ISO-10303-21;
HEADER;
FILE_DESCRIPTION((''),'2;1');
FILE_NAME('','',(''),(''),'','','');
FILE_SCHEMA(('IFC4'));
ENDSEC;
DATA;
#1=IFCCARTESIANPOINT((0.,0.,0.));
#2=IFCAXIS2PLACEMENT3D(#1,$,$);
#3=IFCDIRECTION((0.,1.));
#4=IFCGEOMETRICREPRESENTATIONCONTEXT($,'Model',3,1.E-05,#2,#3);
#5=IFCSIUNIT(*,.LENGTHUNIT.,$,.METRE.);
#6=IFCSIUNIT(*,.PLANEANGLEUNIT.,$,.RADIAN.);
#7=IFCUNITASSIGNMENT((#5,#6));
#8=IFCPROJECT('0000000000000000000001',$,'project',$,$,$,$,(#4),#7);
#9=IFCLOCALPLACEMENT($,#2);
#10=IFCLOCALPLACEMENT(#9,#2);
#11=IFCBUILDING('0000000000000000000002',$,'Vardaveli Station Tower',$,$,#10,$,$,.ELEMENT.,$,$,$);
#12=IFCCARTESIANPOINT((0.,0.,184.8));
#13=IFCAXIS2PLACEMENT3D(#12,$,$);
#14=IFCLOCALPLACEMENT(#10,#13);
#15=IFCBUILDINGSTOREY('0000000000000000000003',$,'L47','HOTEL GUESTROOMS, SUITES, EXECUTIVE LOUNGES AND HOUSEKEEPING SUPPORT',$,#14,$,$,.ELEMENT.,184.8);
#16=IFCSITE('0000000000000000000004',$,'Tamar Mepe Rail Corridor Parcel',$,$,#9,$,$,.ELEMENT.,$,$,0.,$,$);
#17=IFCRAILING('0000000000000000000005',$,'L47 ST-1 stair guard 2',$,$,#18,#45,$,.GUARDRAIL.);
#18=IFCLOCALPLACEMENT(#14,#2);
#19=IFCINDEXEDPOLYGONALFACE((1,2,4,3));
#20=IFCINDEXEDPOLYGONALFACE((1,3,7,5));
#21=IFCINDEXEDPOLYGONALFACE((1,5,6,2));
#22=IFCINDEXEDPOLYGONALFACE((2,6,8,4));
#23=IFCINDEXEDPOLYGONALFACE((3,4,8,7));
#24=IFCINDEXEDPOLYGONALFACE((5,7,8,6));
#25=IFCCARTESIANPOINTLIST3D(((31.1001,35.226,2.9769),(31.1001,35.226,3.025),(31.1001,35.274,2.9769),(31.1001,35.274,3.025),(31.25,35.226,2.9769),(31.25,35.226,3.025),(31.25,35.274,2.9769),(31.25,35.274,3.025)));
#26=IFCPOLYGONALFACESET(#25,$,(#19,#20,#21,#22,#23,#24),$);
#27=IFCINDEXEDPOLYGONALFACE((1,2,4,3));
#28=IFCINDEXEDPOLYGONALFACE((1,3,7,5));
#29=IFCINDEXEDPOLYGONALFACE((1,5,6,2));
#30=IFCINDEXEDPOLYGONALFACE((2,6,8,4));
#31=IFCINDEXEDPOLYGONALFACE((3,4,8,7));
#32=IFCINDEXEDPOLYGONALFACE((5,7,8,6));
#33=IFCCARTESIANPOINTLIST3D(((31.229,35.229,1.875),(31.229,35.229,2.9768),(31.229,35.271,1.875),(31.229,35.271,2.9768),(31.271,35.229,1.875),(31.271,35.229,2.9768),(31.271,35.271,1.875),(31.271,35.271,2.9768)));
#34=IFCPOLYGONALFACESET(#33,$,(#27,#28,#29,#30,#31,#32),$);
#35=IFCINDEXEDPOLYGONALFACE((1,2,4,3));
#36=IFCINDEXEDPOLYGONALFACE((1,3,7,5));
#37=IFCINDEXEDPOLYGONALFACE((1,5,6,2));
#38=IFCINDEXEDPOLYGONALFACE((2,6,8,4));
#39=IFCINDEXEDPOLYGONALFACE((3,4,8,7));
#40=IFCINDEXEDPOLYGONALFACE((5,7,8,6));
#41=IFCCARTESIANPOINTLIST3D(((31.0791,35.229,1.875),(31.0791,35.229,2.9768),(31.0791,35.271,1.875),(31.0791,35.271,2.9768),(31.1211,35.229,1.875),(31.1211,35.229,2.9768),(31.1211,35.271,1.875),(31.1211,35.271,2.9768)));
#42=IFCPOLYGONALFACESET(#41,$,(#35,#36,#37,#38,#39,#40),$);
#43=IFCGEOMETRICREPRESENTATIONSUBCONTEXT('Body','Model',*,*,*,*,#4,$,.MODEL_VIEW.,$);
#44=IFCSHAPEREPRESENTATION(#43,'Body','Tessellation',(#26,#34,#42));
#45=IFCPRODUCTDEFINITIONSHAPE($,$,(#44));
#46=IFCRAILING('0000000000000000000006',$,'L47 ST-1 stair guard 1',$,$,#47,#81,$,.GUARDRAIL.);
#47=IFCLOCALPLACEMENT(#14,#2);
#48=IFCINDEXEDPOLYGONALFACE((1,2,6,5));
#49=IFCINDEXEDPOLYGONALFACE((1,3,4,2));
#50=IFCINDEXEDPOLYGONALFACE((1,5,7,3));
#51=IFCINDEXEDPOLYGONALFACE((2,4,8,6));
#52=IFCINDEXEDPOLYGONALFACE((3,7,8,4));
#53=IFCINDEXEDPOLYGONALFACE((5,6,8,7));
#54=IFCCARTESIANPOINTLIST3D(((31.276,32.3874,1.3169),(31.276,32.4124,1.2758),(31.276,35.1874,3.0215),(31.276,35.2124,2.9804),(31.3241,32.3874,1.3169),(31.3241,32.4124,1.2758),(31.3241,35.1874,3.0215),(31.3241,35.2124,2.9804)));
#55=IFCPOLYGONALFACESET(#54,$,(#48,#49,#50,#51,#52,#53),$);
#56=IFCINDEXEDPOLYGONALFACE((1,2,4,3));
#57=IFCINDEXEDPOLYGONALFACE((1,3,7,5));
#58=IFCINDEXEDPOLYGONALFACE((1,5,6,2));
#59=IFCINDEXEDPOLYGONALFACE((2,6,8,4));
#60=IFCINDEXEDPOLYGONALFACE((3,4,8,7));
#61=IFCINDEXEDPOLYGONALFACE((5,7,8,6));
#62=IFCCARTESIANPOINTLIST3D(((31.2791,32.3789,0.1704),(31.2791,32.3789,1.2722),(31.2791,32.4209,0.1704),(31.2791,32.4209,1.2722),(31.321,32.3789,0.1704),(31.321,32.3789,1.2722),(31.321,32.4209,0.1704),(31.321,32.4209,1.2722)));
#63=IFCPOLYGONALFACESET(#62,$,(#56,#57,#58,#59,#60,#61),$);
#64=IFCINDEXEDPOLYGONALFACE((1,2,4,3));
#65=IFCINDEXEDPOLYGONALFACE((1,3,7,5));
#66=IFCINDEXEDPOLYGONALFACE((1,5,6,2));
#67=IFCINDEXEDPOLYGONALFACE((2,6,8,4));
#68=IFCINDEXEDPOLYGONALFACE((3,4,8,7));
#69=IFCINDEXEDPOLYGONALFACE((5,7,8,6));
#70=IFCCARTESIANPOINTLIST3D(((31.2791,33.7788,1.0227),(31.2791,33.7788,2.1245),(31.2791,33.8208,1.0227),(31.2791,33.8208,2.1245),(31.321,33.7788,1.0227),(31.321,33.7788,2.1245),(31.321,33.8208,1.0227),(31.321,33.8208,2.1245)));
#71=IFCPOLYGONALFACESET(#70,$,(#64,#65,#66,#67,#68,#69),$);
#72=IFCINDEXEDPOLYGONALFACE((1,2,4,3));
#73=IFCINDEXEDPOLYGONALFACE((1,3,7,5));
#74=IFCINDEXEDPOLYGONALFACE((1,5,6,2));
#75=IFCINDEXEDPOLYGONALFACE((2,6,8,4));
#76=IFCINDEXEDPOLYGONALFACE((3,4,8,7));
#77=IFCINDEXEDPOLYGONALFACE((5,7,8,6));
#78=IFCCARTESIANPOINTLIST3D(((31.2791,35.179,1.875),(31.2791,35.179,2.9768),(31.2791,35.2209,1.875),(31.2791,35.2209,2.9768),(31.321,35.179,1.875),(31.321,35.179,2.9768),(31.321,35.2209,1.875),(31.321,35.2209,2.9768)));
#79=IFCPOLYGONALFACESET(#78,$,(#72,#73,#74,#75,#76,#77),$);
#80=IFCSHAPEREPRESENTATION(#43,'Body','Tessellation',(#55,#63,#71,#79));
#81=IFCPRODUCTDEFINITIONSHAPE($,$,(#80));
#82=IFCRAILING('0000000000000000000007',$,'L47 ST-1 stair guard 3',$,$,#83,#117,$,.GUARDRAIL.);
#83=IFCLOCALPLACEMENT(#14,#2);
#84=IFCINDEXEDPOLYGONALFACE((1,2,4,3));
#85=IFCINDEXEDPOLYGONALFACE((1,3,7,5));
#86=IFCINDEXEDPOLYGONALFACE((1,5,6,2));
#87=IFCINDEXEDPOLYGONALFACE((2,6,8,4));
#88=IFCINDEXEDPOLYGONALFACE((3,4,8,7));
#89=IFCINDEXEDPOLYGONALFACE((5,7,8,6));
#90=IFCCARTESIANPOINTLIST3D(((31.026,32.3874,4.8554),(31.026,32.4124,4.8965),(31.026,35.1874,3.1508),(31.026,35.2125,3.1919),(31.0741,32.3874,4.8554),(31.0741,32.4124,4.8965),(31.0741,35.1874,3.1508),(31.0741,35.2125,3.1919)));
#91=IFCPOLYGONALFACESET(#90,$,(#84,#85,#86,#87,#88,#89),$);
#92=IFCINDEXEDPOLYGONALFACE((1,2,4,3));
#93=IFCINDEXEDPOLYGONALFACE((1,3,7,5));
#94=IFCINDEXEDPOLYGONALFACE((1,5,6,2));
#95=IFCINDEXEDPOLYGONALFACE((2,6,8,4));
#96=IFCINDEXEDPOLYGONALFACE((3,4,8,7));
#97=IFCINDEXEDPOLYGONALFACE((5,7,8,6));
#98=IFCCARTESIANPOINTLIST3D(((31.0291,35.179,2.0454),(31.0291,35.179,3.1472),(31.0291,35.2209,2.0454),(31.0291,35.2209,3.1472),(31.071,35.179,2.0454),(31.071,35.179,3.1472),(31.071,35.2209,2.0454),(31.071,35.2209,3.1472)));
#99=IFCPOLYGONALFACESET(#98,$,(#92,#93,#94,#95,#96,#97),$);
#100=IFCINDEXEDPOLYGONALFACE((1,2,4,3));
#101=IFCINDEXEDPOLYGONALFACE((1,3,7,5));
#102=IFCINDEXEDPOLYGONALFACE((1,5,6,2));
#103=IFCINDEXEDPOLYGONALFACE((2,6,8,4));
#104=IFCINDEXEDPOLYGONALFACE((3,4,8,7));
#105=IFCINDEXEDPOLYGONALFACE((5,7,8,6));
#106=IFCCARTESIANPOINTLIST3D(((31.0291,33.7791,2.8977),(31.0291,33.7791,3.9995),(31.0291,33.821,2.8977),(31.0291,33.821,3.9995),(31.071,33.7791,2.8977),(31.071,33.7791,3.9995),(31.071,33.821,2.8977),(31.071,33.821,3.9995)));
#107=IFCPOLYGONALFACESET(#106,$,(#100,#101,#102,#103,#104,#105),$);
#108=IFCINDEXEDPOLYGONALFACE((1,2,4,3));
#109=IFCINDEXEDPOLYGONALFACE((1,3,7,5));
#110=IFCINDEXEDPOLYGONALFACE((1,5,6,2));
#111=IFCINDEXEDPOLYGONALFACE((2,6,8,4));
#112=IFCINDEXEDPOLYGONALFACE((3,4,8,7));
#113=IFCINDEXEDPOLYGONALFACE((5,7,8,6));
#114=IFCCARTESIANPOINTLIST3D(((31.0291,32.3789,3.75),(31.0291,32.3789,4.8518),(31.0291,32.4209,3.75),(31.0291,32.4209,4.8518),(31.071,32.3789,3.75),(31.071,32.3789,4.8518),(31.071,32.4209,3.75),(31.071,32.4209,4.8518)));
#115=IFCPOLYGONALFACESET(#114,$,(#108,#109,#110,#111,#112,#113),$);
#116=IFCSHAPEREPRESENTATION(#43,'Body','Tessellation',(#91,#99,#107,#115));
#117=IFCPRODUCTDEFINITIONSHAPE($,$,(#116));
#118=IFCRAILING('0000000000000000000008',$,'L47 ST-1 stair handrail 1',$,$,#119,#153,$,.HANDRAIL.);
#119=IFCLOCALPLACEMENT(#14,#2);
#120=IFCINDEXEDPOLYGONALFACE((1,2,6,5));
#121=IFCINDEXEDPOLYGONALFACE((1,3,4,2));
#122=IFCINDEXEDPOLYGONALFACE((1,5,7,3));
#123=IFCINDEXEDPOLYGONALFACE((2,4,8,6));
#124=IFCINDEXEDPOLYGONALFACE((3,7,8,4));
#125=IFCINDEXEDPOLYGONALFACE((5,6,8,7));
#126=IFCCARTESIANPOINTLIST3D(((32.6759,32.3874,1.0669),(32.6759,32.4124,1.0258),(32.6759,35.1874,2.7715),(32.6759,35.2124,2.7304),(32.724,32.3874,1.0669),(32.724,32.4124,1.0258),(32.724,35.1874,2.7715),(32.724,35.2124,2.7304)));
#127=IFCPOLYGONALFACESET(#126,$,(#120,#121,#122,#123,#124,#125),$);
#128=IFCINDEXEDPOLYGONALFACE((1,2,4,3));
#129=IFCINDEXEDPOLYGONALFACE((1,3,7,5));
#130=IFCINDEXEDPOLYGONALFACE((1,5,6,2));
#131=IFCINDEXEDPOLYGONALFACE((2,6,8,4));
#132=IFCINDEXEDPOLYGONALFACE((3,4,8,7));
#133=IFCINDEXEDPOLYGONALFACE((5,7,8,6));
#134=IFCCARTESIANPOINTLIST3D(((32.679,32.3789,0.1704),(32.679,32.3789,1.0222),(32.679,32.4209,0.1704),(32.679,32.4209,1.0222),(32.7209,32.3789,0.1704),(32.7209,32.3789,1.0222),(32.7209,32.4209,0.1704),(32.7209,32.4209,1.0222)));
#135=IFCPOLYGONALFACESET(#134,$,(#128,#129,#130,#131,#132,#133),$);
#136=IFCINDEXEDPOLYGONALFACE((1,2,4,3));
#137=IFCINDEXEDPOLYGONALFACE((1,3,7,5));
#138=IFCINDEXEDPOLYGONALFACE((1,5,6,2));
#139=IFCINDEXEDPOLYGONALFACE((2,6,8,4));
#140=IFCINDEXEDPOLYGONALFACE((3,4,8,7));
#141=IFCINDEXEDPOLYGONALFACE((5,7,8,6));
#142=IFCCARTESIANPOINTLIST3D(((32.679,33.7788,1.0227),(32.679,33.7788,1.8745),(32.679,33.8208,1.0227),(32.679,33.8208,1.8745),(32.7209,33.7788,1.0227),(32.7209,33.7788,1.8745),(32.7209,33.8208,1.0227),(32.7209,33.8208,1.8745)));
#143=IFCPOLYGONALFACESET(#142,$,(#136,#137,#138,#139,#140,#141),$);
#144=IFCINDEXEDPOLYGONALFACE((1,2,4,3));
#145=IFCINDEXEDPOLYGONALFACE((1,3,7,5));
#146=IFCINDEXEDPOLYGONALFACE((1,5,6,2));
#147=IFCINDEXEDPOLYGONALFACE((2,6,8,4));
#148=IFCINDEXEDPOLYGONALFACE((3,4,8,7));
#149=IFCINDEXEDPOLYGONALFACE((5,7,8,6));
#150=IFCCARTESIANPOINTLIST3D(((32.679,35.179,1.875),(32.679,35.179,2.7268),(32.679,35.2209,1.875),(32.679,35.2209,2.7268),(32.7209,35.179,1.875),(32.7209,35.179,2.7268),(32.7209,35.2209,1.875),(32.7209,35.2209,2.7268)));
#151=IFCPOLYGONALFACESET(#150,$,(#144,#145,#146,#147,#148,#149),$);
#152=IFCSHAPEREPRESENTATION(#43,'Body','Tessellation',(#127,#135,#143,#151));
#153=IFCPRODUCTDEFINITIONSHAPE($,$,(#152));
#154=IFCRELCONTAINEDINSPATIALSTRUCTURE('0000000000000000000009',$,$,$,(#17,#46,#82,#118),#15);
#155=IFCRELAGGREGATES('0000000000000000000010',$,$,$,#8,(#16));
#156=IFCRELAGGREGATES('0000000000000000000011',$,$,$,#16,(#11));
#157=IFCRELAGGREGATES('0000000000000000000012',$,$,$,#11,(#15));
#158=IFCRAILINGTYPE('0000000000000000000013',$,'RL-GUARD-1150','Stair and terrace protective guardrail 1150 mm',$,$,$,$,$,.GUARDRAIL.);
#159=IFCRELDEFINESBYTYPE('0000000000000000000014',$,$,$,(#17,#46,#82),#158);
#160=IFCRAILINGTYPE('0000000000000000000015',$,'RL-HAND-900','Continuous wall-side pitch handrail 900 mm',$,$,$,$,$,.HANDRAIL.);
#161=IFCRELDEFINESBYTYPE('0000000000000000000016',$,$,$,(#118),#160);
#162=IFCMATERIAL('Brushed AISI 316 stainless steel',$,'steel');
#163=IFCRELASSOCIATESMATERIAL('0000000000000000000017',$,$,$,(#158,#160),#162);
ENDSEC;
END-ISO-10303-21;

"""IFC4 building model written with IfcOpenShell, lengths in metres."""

from ifc_helpers import new_model, si_unit, direction, frame, origin, origin_2d, place, context, subcontext, project, spatial, rectangle, extrude, source, transform, mapped, material, type_object, element, save


model = new_model("IFC4")

# Units and contexts
model_context = context("Model", 3, precision=1e-05, world=origin(), true_north=direction((0.0, 1.0)))
body_context = subcontext(model_context, "Body", "Model", "MODEL_VIEW")
ifc_project = project(units=[si_unit("LENGTHUNIT", "METRE"), si_unit("PLANEANGLEUNIT", "RADIAN")], contexts=[model_context])

# Site, building, storey
site_placement = place(None, origin())
site = spatial("IfcSite", under=ifc_project, at=site_placement, Name="Tamar Mepe Rail Corridor Parcel", CompositionType="ELEMENT", RefElevation=0.0)
building_placement = place(site_placement, origin())
building = spatial("IfcBuilding", under=site, at=building_placement, Name="Vardaveli Station Tower", CompositionType="ELEMENT")
storey_placement = place(building_placement, frame((0.0, 0.0, 184.8)))
storey = spatial("IfcBuildingStorey", under=building, at=storey_placement, Name="L47", Description="HOTEL GUESTROOMS, SUITES, EXECUTIVE LOUNGES AND HOUSEKEEPING SUPPORT", CompositionType="ELEMENT", Elevation=184.8)

# Railings
ifc_material_1 = material(Name="Brushed AISI 316 stainless steel", Category="steel")
railing_type_1 = type_object("IfcRailingType", Name="RL-GUARD-1150", Description="Stair and terrace protective guardrail 1150 mm", PredefinedType="GUARDRAIL", material=ifc_material_1)
shared_shape_1 = source(origin(), body_context, "Body", "SweptSolid", [
    extrude(rectangle(XDim=0.0481, YDim=0.0481, at=origin_2d()), frame((0.0, 0.0, 1.126), z_axis=(-1.0, 0.0, 0.0), x_axis=(0.0, -1.0, 0.0)), (0.0, 0.0, 1.0), 0.1499),
    extrude(rectangle(XDim=0.042, YDim=0.042, at=origin_2d()), origin(), (0.0, 0.0, 1.0), 1.1018),
    extrude(rectangle(XDim=0.042, YDim=0.042, at=origin_2d()), frame((-0.1499, 0.0, 0.0)), (0.0, 0.0, 1.0), 1.1018),
])
railing_1_placement = place(storey_placement, frame((31.25, 35.25, 1.875)))
element("IfcRailing", 1, at=railing_1_placement, inside=storey, type_object=railing_type_1, Name="L47 ST-1 stair guard 2", PredefinedType="GUARDRAIL", context=body_context, shape_type="MappedRepresentation", body=[
    mapped(shared_shape_1, transform((0.0, 0.0, 0.0), scale=1.0)),
])
shared_shape_2 = source(origin(), body_context, "Body", "SweptSolid", [
    extrude(rectangle(XDim=0.0481, YDim=0.0481, at=origin_2d()), frame((0.0, 0.0, 1.126), z_axis=(0.0, 0.85417, 0.519994), x_axis=(-1.0, 0.0, 0.0)), (0.0, 0.0, 1.0), 3.2781),
    extrude(rectangle(XDim=0.042, YDim=0.042, at=origin_2d()), origin(), (0.0, 0.0, 1.0), 1.1018),
    extrude(rectangle(XDim=0.042, YDim=0.042, at=origin_2d()), frame((0.0, 1.3999, 0.8523)), (0.0, 0.0, 1.0), 1.1018),
    extrude(rectangle(XDim=0.042, YDim=0.042, at=origin_2d()), frame((0.0, 2.8, 1.7046)), (0.0, 0.0, 1.0), 1.1018),
])
railing_2_placement = place(storey_placement, frame((31.3, 32.3999, 0.1704)))
element("IfcRailing", 2, at=railing_2_placement, inside=storey, type_object=railing_type_1, Name="L47 ST-1 stair guard 1", PredefinedType="GUARDRAIL", context=body_context, shape_type="MappedRepresentation", body=[
    mapped(shared_shape_2, transform((0.0, 0.0, 0.0), scale=1.0)),
])
shared_shape_3 = source(origin(), body_context, "Body", "SweptSolid", [
    extrude(rectangle(XDim=0.0481, YDim=0.0481, at=origin_2d()), frame((0.0, 0.0, 1.126), z_axis=(0.0, -0.85417, 0.519994), x_axis=(1.0, 0.0, 0.0)), (0.0, 0.0, 1.0), 3.2781),
    extrude(rectangle(XDim=0.042, YDim=0.042, at=origin_2d()), origin(), (0.0, 0.0, 1.0), 1.1018),
    extrude(rectangle(XDim=0.042, YDim=0.042, at=origin_2d()), frame((0.0, -1.3999, 0.8523)), (0.0, 0.0, 1.0), 1.1018),
    extrude(rectangle(XDim=0.042, YDim=0.042, at=origin_2d()), frame((0.0, -2.8, 1.7046)), (0.0, 0.0, 1.0), 1.1018),
])
railing_3_placement = place(storey_placement, frame((31.05, 35.2, 2.0454)))
element("IfcRailing", 3, at=railing_3_placement, inside=storey, type_object=railing_type_1, Name="L47 ST-1 stair guard 3", PredefinedType="GUARDRAIL", context=body_context, shape_type="MappedRepresentation", body=[
    mapped(shared_shape_3, transform((0.0, 0.0, 0.0), scale=1.0)),
])
railing_type_2 = type_object("IfcRailingType", Name="RL-HAND-900", Description="Continuous wall-side pitch handrail 900 mm", PredefinedType="HANDRAIL", material=ifc_material_1)
shared_shape_4 = source(origin(), body_context, "Body", "SweptSolid", [
    extrude(rectangle(XDim=0.0481, YDim=0.0481, at=origin_2d()), frame((0.0, 0.0, 0.876), z_axis=(0.0, 0.85417, 0.519994), x_axis=(-1.0, 0.0, 0.0)), (0.0, 0.0, 1.0), 3.2781),
    extrude(rectangle(XDim=0.042, YDim=0.042, at=origin_2d()), origin(), (0.0, 0.0, 1.0), 0.8518),
    extrude(rectangle(XDim=0.042, YDim=0.042, at=origin_2d()), frame((0.0, 1.3999, 0.8523)), (0.0, 0.0, 1.0), 0.8518),
    extrude(rectangle(XDim=0.042, YDim=0.042, at=origin_2d()), frame((0.0, 2.8, 1.7046)), (0.0, 0.0, 1.0), 0.8518),
])
railing_4_placement = place(storey_placement, frame((32.7, 32.3999, 0.1704)))
element("IfcRailing", 4, at=railing_4_placement, inside=storey, type_object=railing_type_2, Name="L47 ST-1 stair handrail 1", PredefinedType="HANDRAIL", context=body_context, shape_type="MappedRepresentation", body=[
    mapped(shared_shape_4, transform((0.0, 0.0, 0.0), scale=1.0)),
])

save(model, "model.ifc")
